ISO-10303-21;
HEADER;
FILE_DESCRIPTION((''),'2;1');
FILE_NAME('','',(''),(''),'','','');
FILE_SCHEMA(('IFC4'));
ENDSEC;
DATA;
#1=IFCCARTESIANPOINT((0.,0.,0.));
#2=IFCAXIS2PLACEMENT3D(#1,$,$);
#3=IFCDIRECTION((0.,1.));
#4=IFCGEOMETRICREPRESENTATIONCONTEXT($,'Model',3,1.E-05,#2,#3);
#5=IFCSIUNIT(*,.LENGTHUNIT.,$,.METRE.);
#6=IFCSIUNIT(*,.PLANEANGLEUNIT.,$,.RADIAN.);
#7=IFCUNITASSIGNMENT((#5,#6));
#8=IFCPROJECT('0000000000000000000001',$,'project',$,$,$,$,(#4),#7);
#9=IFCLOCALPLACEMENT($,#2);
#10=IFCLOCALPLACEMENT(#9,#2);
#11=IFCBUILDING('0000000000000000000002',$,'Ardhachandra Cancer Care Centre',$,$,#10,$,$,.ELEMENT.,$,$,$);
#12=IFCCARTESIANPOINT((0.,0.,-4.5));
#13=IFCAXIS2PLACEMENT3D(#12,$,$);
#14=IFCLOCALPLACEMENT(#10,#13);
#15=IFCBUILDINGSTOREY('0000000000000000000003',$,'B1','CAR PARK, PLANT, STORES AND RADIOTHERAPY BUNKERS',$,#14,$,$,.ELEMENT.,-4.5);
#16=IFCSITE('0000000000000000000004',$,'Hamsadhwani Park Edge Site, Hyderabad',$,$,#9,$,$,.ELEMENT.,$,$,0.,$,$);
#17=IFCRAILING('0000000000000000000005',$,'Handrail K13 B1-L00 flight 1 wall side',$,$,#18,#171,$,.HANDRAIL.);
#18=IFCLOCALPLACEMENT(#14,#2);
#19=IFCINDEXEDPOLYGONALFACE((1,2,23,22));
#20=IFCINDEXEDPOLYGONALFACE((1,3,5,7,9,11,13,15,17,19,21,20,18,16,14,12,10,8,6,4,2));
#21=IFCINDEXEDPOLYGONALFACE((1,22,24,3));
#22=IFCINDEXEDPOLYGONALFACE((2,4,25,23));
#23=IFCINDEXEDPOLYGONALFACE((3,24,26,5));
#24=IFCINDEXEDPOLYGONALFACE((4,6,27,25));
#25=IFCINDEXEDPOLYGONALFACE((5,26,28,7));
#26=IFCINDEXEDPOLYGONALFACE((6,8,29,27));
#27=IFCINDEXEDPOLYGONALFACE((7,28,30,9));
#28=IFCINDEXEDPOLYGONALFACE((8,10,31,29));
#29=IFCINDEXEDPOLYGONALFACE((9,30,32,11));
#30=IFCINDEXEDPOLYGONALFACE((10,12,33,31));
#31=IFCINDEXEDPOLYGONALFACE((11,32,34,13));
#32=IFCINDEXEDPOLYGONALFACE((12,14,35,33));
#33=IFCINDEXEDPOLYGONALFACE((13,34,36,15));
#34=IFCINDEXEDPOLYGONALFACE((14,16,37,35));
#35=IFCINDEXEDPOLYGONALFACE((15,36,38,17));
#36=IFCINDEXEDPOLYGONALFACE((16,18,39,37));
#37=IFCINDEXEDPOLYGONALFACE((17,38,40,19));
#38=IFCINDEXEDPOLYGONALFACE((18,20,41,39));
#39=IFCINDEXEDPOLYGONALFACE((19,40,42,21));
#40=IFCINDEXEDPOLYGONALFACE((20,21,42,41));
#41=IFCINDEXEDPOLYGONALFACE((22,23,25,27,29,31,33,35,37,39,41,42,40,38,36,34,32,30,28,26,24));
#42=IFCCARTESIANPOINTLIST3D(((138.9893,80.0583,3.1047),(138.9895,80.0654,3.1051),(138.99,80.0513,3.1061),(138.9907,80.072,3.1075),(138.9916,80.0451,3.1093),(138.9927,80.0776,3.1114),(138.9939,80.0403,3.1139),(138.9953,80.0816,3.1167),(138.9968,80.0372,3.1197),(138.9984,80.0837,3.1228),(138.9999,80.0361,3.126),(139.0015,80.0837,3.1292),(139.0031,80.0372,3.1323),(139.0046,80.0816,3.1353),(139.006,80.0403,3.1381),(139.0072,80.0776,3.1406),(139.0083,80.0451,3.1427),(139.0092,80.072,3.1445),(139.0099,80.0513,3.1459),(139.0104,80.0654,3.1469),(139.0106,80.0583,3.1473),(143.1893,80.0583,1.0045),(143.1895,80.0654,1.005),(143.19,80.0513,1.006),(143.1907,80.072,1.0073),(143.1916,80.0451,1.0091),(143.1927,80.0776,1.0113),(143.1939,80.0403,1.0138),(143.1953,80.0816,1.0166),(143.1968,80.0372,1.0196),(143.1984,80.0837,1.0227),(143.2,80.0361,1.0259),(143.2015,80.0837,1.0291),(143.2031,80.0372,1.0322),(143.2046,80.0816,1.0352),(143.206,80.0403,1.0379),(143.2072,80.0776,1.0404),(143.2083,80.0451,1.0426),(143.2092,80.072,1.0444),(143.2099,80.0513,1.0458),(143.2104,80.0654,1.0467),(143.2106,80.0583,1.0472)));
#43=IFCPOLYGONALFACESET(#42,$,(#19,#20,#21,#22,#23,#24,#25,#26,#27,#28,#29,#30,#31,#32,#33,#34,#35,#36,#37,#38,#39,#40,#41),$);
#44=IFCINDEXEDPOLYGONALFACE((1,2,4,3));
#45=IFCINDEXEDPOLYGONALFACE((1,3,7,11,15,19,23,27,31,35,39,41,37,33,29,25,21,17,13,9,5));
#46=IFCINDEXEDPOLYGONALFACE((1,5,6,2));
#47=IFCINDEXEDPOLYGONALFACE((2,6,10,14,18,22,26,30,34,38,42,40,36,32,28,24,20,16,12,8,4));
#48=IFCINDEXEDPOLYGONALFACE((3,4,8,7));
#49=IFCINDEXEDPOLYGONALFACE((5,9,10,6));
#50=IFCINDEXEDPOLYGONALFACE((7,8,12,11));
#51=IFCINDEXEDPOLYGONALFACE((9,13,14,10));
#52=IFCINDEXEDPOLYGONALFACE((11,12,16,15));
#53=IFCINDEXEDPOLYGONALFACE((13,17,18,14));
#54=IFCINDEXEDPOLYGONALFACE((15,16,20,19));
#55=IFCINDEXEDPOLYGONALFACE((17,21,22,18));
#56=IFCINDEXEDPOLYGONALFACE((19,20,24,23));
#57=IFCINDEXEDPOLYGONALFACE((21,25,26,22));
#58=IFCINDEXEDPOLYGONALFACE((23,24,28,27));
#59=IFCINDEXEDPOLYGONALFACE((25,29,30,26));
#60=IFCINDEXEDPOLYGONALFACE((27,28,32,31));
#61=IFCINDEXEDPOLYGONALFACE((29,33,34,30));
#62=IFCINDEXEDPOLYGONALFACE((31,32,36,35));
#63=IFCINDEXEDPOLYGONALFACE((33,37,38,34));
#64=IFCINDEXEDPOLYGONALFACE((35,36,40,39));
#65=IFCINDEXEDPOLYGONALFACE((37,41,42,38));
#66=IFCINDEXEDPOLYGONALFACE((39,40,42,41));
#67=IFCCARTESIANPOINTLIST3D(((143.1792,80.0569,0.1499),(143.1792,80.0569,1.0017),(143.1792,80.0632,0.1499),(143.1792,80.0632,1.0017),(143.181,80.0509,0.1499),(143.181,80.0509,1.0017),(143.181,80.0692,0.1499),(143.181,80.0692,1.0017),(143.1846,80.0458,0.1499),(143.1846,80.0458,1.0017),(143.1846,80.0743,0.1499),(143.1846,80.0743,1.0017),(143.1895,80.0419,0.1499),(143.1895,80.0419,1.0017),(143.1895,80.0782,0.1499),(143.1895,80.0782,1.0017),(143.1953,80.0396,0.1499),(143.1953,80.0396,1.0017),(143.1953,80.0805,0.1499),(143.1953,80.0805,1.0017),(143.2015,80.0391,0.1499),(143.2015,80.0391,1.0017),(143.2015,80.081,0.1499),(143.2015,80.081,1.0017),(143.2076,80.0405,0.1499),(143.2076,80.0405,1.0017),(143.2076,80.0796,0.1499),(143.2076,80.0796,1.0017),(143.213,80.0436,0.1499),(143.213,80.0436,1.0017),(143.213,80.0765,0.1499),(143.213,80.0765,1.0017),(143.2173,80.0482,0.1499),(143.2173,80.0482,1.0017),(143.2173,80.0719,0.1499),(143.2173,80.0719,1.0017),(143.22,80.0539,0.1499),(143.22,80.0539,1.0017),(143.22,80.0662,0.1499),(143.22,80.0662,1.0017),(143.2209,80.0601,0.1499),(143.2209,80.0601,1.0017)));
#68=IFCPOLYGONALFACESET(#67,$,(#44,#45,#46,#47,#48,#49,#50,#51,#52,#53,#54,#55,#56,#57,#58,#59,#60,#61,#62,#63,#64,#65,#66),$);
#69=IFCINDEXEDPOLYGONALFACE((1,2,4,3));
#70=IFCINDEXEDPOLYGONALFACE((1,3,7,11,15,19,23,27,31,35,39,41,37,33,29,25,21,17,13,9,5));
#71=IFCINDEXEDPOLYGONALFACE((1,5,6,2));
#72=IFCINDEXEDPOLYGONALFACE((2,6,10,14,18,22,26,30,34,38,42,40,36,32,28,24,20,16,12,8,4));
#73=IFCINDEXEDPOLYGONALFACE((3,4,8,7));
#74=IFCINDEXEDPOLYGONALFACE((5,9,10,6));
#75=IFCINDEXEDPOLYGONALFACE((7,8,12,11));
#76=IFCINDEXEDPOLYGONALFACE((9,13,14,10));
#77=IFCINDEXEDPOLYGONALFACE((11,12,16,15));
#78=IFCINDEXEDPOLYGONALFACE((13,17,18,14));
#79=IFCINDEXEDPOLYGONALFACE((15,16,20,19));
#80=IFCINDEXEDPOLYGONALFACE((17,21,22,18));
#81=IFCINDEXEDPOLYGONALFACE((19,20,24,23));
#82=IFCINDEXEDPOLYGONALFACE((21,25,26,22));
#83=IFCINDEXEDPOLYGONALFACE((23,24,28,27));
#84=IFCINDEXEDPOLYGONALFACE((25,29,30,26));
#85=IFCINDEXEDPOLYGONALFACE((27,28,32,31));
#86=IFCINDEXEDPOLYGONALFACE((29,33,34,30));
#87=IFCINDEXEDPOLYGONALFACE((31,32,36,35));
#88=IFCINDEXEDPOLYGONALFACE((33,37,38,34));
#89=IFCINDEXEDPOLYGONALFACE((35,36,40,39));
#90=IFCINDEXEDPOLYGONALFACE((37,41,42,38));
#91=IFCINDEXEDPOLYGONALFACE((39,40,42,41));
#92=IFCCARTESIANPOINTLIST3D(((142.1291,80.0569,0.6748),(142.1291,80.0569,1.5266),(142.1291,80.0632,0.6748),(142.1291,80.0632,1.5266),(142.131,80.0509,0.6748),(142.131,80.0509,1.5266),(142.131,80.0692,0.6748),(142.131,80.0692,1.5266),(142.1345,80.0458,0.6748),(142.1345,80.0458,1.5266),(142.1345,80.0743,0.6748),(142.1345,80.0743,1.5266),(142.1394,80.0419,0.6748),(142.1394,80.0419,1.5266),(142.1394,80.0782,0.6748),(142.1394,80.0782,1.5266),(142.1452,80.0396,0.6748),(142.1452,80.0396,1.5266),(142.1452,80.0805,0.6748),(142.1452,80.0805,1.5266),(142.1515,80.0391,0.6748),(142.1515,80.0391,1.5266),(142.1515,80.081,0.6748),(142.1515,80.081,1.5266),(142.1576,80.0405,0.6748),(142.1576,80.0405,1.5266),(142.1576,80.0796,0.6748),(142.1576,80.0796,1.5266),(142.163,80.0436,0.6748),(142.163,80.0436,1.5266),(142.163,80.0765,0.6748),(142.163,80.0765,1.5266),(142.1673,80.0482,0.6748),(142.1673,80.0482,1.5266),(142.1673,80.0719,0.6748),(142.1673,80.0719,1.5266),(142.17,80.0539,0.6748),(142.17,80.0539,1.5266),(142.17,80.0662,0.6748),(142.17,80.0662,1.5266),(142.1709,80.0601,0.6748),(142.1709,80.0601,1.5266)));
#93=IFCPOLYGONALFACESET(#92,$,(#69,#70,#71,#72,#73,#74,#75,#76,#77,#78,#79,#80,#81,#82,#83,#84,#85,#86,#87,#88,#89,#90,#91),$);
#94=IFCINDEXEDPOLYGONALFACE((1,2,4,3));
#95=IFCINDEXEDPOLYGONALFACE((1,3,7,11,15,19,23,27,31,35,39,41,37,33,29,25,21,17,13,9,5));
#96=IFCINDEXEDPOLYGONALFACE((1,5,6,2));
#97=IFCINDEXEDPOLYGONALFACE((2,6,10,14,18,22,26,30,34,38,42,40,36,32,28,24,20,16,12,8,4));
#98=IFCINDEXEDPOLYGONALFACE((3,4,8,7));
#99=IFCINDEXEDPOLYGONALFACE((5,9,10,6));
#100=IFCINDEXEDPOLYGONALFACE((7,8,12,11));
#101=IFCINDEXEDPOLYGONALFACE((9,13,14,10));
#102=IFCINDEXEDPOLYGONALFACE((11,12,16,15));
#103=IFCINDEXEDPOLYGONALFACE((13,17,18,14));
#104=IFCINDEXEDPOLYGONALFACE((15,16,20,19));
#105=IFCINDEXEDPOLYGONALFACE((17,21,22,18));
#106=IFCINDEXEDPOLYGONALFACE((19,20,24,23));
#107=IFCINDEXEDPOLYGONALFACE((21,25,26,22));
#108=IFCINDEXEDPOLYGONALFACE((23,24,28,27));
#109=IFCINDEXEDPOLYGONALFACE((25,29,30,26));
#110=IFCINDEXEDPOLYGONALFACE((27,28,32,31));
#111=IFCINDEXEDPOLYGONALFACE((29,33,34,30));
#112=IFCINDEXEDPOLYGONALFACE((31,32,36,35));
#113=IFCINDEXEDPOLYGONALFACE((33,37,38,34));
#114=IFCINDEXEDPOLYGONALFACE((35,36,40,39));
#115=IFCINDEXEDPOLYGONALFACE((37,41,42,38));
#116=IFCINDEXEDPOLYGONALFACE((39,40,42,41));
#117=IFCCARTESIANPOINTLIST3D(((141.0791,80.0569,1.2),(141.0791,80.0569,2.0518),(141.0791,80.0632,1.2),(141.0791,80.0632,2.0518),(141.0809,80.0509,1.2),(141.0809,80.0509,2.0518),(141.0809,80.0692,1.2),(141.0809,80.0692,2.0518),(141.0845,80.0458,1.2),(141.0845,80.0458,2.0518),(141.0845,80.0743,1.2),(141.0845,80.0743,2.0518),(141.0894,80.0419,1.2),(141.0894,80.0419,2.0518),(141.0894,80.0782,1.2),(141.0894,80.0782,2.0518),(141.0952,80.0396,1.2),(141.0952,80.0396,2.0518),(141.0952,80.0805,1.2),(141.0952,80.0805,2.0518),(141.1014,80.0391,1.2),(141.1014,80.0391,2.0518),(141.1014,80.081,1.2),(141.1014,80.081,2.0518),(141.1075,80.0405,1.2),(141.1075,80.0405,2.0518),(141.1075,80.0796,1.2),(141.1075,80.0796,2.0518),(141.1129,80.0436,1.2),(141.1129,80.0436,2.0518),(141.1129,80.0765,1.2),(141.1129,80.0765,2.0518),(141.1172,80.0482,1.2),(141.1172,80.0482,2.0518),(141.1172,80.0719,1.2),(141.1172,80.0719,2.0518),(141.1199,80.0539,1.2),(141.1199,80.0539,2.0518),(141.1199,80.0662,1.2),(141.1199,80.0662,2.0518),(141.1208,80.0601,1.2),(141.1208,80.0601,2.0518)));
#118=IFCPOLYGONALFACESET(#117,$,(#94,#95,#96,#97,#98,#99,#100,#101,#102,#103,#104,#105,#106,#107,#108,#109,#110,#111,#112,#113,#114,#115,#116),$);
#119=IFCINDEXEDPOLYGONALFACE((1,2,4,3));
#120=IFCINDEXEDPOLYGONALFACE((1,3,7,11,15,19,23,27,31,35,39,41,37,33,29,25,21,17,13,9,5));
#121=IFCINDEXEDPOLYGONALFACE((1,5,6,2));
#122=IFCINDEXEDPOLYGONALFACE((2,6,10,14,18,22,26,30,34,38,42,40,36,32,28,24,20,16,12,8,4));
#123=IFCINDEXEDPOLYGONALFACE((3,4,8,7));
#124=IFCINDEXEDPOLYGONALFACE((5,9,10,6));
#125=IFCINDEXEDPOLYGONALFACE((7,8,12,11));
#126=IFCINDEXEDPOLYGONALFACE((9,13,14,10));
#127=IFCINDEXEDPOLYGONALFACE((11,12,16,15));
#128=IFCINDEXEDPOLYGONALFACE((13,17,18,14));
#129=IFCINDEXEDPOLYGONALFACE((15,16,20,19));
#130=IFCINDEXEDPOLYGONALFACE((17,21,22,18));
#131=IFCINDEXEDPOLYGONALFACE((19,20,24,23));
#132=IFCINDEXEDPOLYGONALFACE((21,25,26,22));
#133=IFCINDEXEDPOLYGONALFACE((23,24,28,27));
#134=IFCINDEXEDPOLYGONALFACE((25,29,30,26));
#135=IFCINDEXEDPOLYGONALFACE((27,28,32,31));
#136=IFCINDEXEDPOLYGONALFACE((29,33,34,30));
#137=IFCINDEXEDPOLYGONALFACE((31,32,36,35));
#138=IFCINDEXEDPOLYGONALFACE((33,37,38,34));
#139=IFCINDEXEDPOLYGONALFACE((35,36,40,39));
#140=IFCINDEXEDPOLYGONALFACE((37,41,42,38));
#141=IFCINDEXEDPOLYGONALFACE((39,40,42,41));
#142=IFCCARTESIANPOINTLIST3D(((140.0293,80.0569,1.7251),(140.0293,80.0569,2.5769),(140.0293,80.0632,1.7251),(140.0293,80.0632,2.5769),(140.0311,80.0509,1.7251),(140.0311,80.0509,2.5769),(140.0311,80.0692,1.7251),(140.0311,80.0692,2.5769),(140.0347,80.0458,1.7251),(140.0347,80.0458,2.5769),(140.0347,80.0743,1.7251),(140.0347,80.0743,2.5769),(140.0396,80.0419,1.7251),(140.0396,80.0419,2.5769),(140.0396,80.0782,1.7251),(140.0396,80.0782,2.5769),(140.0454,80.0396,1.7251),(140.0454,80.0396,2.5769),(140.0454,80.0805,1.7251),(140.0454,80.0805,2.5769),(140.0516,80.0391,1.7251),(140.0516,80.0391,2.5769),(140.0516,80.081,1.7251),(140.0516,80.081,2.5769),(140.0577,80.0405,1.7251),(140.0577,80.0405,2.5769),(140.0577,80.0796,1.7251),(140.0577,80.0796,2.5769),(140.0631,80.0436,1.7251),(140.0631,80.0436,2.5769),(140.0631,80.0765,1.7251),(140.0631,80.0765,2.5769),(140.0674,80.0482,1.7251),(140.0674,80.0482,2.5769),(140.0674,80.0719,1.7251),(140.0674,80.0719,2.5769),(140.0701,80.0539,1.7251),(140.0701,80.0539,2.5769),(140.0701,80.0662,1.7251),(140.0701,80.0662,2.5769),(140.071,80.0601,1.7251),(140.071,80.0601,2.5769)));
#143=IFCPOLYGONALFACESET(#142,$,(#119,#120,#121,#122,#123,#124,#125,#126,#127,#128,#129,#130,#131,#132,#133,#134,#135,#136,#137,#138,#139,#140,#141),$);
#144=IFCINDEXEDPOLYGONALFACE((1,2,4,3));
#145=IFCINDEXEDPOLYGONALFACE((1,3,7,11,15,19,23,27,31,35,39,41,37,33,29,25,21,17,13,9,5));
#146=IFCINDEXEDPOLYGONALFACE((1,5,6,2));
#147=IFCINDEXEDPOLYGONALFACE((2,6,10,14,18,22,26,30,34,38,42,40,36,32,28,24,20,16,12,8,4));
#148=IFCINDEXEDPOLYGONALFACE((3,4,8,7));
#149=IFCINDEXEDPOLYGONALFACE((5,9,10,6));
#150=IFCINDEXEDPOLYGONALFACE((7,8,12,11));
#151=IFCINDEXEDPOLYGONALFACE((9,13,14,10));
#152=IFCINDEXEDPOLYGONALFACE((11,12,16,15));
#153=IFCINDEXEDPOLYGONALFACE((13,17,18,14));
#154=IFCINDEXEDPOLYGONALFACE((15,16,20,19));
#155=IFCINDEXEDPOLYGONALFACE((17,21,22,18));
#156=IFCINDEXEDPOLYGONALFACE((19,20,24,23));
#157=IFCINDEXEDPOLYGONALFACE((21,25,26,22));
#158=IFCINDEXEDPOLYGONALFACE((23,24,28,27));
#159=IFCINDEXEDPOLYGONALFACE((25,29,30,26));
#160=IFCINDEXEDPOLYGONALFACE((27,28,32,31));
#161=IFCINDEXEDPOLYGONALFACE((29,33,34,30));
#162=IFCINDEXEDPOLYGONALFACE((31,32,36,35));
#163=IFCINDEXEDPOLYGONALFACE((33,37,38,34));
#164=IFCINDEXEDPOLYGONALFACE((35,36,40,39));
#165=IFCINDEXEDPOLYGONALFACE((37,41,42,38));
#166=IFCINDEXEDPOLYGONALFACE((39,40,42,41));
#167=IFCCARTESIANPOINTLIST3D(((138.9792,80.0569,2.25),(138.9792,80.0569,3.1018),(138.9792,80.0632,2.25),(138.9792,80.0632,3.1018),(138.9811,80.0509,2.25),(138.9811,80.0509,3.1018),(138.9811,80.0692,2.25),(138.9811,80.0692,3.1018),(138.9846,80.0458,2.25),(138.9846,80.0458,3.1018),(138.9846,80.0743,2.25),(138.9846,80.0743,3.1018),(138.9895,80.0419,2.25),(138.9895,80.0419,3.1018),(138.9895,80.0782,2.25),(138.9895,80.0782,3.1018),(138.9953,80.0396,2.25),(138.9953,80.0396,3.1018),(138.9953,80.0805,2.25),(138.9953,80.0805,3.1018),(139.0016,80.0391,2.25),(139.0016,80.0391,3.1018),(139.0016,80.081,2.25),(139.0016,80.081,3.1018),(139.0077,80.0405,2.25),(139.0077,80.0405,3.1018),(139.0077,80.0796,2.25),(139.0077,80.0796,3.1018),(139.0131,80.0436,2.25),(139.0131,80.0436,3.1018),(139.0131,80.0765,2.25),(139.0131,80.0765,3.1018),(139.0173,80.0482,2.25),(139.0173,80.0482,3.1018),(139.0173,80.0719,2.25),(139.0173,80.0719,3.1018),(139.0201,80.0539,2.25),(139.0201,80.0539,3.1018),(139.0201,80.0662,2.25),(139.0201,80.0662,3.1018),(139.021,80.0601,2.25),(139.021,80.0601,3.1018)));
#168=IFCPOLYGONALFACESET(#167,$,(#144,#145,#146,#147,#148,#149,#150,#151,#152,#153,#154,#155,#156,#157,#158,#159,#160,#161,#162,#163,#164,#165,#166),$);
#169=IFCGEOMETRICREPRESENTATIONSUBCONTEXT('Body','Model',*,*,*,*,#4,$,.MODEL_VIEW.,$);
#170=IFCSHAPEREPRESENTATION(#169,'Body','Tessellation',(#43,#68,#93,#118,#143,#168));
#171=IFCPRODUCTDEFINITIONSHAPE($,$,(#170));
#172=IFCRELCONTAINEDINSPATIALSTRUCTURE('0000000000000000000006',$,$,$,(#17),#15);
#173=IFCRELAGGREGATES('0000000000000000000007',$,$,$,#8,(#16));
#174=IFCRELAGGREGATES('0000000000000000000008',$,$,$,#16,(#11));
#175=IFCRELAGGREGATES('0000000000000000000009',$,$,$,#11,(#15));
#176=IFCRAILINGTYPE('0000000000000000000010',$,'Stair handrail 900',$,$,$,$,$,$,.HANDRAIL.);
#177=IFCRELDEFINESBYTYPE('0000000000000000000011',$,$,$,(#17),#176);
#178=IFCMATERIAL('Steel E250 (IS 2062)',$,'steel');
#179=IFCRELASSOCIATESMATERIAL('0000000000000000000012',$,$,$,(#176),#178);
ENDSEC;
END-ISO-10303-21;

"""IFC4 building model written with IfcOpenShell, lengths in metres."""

from ifc_helpers import new_model, si_unit, direction, frame, origin, origin_2d, place, context, subcontext, project, spatial, circle, extrude, material, type_object, element, save


model = new_model("IFC4")

# Units and contexts
model_context = context("Model", 3, precision=1e-05, world=origin(), true_north=direction((0.0, 1.0)))
body_context = subcontext(model_context, "Body", "Model", "MODEL_VIEW")
ifc_project = project(units=[si_unit("LENGTHUNIT", "METRE"), si_unit("PLANEANGLEUNIT", "RADIAN")], contexts=[model_context])

# Site, building, storey
site_placement = place(None, origin())
site = spatial("IfcSite", under=ifc_project, at=site_placement, Name="Hamsadhwani Park Edge Site, Hyderabad", CompositionType="ELEMENT", RefElevation=0.0)
building_placement = place(site_placement, origin())
building = spatial("IfcBuilding", under=site, at=building_placement, Name="Ardhachandra Cancer Care Centre", CompositionType="ELEMENT")
storey_placement = place(building_placement, frame((0.0, 0.0, -4.5)))
storey = spatial("IfcBuildingStorey", under=building, at=storey_placement, Name="B1", Description="CAR PARK, PLANT, STORES AND RADIOTHERAPY BUNKERS", CompositionType="ELEMENT", Elevation=-4.5)

# Railing
ifc_material_1 = material(Name="Steel E250 (IS 2062)", Category="steel")
railing_type = type_object("IfcRailingType", Name="Stair handrail 900", PredefinedType="HANDRAIL", material=ifc_material_1)
for number, where, name in (
    (1, (143.2, 80.0601, 0.1499), "Handrail K13 B1-L00 flight 1 wall side"),
):
    element("IfcRailing", number, at=place(storey_placement, frame(where)), inside=storey, type_object=railing_type, Name=name, PredefinedType="HANDRAIL", context=body_context, shape_type="SweptSolid", body=[
        extrude(circle(Radius=0.0239, at=origin_2d()), frame((0.0, 0.0, 0.876), z_axis=(-0.894417, 0.0, 0.447234), x_axis=(0.0, -1.0, 0.0)), (0.0, 0.0, 1.0), 4.6958),
        extrude(circle(Radius=0.021, at=origin_2d()), origin(), (0.0, 0.0, 1.0), 0.8518),
        extrude(circle(Radius=0.021, at=origin_2d()), frame((-1.05, 0.0, 0.5249)), (0.0, 0.0, 1.0), 0.8518),
        extrude(circle(Radius=0.021, at=origin_2d()), frame((-2.1001, 0.0, 1.05)), (0.0, 0.0, 1.0), 0.8518),
        extrude(circle(Radius=0.021, at=origin_2d()), frame((-3.1499, 0.0, 1.5752)), (0.0, 0.0, 1.0), 0.8518),
        extrude(circle(Radius=0.021, at=origin_2d()), frame((-4.2, 0.0, 2.1001)), (0.0, 0.0, 1.0), 0.8518),
    ])

save(model, "model.ifc")
